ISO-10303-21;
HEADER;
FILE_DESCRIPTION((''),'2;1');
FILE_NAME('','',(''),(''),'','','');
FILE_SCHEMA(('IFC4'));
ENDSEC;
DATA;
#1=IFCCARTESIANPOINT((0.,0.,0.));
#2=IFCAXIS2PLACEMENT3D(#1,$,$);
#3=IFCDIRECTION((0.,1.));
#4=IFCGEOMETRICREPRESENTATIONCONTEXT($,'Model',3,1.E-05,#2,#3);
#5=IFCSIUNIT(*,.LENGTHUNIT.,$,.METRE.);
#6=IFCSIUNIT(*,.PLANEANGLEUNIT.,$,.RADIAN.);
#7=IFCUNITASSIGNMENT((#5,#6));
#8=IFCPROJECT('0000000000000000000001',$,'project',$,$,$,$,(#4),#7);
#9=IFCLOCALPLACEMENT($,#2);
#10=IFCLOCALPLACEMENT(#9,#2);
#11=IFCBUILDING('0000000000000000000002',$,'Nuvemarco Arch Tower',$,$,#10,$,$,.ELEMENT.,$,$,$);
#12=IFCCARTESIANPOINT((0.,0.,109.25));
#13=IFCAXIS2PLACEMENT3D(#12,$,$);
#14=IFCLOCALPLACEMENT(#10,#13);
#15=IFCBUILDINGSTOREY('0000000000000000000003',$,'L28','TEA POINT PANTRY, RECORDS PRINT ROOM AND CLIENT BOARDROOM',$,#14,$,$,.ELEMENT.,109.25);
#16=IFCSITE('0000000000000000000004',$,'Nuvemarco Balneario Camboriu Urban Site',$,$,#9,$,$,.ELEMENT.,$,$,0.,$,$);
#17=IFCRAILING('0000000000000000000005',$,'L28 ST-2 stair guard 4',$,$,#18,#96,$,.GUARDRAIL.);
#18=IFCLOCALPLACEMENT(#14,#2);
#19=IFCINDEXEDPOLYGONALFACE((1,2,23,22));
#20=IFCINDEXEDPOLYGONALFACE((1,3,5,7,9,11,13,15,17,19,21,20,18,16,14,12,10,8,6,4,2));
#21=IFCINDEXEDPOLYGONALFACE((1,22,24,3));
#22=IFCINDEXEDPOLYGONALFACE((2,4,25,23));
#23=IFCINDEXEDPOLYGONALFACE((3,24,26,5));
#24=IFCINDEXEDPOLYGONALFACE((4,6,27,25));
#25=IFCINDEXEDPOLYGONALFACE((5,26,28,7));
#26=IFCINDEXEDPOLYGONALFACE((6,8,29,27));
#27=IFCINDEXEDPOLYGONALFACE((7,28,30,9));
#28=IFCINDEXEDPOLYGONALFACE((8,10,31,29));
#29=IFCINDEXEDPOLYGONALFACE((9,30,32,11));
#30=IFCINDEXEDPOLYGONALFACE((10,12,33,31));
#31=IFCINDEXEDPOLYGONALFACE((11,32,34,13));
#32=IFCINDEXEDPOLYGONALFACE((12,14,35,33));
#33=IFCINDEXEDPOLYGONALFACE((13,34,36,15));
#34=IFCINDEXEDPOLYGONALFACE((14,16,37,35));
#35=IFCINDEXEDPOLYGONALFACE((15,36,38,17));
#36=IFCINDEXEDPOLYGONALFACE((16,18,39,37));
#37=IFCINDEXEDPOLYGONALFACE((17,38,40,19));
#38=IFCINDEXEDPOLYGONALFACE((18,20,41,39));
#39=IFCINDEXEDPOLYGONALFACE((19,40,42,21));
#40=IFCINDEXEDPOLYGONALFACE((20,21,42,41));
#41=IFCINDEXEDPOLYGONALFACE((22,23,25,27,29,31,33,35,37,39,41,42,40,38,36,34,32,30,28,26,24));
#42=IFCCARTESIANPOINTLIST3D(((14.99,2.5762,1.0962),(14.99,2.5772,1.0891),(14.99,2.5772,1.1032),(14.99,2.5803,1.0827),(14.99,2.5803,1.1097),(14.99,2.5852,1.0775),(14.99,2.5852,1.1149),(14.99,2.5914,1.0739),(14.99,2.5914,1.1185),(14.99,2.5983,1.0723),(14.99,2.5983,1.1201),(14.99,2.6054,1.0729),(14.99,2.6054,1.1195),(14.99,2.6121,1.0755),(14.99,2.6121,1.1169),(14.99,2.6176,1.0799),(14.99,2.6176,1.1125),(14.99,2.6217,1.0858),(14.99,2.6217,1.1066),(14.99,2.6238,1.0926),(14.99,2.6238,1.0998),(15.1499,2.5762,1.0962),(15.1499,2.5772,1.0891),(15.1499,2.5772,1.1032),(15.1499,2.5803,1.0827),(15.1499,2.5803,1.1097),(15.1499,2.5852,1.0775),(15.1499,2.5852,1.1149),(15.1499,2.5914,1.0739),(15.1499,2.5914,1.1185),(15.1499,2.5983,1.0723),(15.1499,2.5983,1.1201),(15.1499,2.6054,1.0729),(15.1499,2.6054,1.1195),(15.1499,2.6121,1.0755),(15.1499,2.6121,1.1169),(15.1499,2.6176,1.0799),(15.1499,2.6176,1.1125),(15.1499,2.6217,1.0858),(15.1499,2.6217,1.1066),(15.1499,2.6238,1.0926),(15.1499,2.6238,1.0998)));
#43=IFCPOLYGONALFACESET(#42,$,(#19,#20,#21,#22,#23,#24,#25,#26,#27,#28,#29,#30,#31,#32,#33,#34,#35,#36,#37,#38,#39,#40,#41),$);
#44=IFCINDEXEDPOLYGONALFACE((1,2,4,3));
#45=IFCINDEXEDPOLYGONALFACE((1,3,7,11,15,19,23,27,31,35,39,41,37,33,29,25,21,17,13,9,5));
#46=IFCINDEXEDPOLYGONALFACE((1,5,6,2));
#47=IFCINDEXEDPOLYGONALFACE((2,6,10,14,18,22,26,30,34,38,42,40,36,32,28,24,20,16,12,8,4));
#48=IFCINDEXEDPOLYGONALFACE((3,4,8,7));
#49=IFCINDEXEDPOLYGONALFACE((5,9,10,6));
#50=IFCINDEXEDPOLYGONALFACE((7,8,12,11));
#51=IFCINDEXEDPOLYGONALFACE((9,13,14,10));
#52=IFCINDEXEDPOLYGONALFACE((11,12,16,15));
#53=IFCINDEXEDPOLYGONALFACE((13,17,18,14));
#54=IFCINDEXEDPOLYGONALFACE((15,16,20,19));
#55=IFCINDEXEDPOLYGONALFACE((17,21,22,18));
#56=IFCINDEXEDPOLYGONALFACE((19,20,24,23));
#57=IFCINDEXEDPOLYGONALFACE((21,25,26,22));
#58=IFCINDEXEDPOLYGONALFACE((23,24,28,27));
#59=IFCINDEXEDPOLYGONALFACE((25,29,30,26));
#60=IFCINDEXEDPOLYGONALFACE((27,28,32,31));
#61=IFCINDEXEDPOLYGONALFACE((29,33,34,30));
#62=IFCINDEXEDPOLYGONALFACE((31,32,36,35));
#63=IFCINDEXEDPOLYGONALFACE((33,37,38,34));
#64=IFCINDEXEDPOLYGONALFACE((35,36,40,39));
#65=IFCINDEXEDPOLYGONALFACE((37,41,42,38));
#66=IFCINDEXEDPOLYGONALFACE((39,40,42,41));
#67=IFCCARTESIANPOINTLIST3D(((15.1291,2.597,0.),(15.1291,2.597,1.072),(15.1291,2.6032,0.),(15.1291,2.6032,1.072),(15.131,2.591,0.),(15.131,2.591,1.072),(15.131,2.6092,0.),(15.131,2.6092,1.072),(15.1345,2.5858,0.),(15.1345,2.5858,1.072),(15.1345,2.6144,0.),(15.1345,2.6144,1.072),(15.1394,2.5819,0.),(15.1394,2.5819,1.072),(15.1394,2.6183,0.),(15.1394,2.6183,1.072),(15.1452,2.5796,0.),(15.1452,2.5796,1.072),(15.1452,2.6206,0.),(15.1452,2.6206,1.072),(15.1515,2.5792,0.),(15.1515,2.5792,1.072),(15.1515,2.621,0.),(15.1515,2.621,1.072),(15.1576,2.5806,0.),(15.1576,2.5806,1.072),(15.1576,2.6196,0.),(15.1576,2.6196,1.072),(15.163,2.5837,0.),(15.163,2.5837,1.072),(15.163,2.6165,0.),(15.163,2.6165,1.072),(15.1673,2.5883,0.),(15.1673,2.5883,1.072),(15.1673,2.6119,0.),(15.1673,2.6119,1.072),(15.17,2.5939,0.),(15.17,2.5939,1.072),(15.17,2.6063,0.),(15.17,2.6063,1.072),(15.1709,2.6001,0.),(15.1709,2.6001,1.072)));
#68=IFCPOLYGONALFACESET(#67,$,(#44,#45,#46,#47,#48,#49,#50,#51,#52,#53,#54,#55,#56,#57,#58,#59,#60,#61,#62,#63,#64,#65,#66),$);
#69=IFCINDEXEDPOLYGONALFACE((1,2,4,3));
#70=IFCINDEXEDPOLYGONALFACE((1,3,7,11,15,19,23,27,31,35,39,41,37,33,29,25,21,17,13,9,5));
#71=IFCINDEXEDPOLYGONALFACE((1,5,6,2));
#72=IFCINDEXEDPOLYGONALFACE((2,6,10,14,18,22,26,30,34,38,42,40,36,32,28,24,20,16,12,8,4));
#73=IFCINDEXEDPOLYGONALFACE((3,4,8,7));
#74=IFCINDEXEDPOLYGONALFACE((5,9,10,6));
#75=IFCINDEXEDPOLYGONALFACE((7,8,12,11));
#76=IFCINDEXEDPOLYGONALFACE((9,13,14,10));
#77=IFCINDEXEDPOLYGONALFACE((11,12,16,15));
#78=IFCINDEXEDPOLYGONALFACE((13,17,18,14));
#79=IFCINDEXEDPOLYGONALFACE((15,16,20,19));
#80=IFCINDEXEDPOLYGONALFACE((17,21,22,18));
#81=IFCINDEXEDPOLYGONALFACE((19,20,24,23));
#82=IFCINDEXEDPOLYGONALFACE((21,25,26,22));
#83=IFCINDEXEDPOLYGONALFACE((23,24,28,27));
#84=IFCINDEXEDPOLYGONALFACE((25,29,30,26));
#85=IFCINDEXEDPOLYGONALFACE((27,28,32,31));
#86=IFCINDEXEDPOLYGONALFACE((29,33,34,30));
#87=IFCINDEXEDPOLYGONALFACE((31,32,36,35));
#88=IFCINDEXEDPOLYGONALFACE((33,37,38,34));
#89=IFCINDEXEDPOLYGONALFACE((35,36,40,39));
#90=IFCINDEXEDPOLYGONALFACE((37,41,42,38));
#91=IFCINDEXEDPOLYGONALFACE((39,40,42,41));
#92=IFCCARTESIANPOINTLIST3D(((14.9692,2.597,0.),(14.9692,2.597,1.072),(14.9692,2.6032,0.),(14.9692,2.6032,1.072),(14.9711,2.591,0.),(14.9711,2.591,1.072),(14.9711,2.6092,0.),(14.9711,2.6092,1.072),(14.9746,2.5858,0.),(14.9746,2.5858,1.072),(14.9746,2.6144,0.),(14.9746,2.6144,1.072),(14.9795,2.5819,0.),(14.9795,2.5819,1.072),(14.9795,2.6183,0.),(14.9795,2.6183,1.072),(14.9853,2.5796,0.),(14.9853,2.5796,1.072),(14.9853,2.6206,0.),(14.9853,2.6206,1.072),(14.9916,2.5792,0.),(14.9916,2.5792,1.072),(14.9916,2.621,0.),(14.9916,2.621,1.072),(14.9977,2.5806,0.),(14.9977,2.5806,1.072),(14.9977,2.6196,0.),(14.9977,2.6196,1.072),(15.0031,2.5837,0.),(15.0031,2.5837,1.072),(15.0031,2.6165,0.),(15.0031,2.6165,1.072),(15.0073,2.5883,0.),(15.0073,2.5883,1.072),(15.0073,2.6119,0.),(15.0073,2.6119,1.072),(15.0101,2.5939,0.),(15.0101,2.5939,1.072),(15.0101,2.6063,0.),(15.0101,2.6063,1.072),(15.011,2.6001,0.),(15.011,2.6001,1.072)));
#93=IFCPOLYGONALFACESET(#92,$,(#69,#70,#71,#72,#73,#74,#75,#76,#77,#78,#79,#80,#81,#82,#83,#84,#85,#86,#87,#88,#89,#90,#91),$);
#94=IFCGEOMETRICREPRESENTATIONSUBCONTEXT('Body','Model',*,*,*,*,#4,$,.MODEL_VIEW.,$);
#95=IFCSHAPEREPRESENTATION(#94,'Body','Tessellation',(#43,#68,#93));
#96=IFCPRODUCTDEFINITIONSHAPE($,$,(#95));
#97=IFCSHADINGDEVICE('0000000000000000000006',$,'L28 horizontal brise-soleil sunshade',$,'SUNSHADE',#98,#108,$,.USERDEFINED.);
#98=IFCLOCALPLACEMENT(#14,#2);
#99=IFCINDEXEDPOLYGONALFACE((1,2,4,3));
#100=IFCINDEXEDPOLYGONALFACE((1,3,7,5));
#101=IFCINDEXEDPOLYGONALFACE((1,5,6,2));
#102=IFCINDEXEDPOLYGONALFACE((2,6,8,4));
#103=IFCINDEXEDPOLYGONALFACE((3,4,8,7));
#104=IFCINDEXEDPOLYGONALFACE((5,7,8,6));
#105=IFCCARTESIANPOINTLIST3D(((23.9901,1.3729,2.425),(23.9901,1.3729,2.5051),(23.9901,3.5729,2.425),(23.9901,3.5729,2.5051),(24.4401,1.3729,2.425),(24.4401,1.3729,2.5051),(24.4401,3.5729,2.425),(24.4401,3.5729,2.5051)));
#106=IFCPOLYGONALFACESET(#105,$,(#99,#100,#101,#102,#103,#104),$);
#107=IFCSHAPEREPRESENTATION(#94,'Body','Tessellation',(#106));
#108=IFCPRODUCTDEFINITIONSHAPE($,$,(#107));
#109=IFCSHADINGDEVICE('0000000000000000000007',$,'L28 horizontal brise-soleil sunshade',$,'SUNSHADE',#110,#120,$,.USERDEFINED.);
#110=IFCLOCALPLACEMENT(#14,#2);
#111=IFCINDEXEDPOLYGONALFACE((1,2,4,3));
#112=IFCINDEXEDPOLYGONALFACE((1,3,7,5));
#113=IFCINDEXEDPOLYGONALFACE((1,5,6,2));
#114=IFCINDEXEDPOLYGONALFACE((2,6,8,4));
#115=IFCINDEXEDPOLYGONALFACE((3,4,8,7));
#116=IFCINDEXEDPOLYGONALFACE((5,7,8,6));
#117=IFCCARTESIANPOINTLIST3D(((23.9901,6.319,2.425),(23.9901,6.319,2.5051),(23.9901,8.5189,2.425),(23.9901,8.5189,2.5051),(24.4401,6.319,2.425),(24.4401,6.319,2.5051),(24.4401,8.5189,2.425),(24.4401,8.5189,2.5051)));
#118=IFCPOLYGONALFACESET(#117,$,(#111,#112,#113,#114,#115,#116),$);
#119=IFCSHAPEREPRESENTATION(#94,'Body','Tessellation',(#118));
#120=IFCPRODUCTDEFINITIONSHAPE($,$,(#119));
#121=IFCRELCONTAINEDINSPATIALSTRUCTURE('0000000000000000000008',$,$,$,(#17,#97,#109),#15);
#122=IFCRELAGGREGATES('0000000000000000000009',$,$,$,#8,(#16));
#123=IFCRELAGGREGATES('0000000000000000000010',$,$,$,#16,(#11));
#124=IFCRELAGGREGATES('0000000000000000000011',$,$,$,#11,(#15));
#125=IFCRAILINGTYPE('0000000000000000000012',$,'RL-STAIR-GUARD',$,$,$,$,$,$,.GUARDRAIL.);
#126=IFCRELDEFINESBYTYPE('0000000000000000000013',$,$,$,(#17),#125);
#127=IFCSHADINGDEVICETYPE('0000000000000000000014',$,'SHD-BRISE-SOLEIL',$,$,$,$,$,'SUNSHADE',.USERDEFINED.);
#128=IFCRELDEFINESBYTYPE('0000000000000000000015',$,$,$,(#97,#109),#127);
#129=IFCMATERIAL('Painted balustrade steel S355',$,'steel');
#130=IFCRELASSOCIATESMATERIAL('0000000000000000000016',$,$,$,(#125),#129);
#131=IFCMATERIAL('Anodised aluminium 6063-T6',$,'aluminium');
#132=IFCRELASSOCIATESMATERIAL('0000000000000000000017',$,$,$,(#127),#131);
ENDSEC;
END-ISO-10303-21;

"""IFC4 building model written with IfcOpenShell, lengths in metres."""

from ifc_helpers import new_model, si_unit, direction, frame, origin, origin_2d, place, context, subcontext, project, spatial, rectangle, circle, extrude, source, transform, mapped, material, type_object, type_shapes, element, save


model = new_model("IFC4")

# Units and contexts
model_context = context("Model", 3, precision=1e-05, world=origin(), true_north=direction((0.0, 1.0)))
body_context = subcontext(model_context, "Body", "Model", "MODEL_VIEW")
ifc_project = project(units=[si_unit("LENGTHUNIT", "METRE"), si_unit("PLANEANGLEUNIT", "RADIAN")], contexts=[model_context])

# Site, building, storey
site_placement = place(None, origin())
site = spatial("IfcSite", under=ifc_project, at=site_placement, Name="Nuvemarco Balneario Camboriu Urban Site", CompositionType="ELEMENT", RefElevation=0.0)
building_placement = place(site_placement, origin())
building = spatial("IfcBuilding", under=site, at=building_placement, Name="Nuvemarco Arch Tower", CompositionType="ELEMENT")
storey_placement = place(building_placement, frame((0.0, 0.0, 109.25)))
storey = spatial("IfcBuildingStorey", under=building, at=storey_placement, Name="L28", Description="TEA POINT PANTRY, RECORDS PRINT ROOM AND CLIENT BOARDROOM", CompositionType="ELEMENT", Elevation=109.25)

# Railing
ifc_material_1 = material(Name="Painted balustrade steel S355", Category="steel")
railing_type_1 = type_object("IfcRailingType", Name="RL-STAIR-GUARD", PredefinedType="GUARDRAIL", material=ifc_material_1)
railing_1_placement = place(storey_placement, frame((15.1499, 2.6001, 0.0)))
element("IfcRailing", 1, at=railing_1_placement, inside=storey, type_object=railing_type_1, Name="L28 ST-2 stair guard 4", PredefinedType="GUARDRAIL", context=body_context, shape_type="SweptSolid", body=[
    extrude(circle(Radius=0.0239, at=origin_2d()), frame((0.0, 0.0, 1.0962), z_axis=(-1.0, 0.0, 0.0), x_axis=(0.0, -1.0, 0.0)), (0.0, 0.0, 1.0), 0.1599),
    extrude(circle(Radius=0.021, at=origin_2d()), origin(), (0.0, 0.0, 1.0), 1.072),
    extrude(circle(Radius=0.021, at=origin_2d()), frame((-0.1599, 0.0, 0.0)), (0.0, 0.0, 1.0), 1.072),
])

# Shading devices
ifc_material_2 = material(Name="Anodised aluminium 6063-T6", Category="aluminium")
shading_device_type = type_object("IfcShadingDeviceType", Name="SHD-BRISE-SOLEIL", ElementType="SUNSHADE", PredefinedType="USERDEFINED", material=ifc_material_2)
shared_shape = source(origin(), body_context, "Body", "SweptSolid", [
    extrude(rectangle(XDim=2.2, YDim=0.45, at=origin_2d()), origin(), (0.0, 0.0, 1.0), 0.0801),
])
type_shapes(shading_device_type, [shared_shape])
for number, where, z_axis, x_axis, name in (
    (2, (24.2151, 2.4729, 2.425), (0.0, 0.0, 1.0), (0.0, 1.0, 0.0), "L28 horizontal brise-soleil sunshade"),
    (3, (24.2151, 7.4189, 2.425), (0.0, 0.0, 1.0), (0.0, 1.0, 0.0), "L28 horizontal brise-soleil sunshade"),
):
    element("IfcShadingDevice", number, at=place(storey_placement, frame(where, z_axis=z_axis, x_axis=x_axis)), inside=storey, type_object=shading_device_type, Name=name, ObjectType="SUNSHADE", PredefinedType="USERDEFINED", context=body_context, shape_type="MappedRepresentation", body=[
        mapped(shared_shape, transform((0.0, 0.0, 0.0), scale=1.0)),
    ])

save(model, "model.ifc")
